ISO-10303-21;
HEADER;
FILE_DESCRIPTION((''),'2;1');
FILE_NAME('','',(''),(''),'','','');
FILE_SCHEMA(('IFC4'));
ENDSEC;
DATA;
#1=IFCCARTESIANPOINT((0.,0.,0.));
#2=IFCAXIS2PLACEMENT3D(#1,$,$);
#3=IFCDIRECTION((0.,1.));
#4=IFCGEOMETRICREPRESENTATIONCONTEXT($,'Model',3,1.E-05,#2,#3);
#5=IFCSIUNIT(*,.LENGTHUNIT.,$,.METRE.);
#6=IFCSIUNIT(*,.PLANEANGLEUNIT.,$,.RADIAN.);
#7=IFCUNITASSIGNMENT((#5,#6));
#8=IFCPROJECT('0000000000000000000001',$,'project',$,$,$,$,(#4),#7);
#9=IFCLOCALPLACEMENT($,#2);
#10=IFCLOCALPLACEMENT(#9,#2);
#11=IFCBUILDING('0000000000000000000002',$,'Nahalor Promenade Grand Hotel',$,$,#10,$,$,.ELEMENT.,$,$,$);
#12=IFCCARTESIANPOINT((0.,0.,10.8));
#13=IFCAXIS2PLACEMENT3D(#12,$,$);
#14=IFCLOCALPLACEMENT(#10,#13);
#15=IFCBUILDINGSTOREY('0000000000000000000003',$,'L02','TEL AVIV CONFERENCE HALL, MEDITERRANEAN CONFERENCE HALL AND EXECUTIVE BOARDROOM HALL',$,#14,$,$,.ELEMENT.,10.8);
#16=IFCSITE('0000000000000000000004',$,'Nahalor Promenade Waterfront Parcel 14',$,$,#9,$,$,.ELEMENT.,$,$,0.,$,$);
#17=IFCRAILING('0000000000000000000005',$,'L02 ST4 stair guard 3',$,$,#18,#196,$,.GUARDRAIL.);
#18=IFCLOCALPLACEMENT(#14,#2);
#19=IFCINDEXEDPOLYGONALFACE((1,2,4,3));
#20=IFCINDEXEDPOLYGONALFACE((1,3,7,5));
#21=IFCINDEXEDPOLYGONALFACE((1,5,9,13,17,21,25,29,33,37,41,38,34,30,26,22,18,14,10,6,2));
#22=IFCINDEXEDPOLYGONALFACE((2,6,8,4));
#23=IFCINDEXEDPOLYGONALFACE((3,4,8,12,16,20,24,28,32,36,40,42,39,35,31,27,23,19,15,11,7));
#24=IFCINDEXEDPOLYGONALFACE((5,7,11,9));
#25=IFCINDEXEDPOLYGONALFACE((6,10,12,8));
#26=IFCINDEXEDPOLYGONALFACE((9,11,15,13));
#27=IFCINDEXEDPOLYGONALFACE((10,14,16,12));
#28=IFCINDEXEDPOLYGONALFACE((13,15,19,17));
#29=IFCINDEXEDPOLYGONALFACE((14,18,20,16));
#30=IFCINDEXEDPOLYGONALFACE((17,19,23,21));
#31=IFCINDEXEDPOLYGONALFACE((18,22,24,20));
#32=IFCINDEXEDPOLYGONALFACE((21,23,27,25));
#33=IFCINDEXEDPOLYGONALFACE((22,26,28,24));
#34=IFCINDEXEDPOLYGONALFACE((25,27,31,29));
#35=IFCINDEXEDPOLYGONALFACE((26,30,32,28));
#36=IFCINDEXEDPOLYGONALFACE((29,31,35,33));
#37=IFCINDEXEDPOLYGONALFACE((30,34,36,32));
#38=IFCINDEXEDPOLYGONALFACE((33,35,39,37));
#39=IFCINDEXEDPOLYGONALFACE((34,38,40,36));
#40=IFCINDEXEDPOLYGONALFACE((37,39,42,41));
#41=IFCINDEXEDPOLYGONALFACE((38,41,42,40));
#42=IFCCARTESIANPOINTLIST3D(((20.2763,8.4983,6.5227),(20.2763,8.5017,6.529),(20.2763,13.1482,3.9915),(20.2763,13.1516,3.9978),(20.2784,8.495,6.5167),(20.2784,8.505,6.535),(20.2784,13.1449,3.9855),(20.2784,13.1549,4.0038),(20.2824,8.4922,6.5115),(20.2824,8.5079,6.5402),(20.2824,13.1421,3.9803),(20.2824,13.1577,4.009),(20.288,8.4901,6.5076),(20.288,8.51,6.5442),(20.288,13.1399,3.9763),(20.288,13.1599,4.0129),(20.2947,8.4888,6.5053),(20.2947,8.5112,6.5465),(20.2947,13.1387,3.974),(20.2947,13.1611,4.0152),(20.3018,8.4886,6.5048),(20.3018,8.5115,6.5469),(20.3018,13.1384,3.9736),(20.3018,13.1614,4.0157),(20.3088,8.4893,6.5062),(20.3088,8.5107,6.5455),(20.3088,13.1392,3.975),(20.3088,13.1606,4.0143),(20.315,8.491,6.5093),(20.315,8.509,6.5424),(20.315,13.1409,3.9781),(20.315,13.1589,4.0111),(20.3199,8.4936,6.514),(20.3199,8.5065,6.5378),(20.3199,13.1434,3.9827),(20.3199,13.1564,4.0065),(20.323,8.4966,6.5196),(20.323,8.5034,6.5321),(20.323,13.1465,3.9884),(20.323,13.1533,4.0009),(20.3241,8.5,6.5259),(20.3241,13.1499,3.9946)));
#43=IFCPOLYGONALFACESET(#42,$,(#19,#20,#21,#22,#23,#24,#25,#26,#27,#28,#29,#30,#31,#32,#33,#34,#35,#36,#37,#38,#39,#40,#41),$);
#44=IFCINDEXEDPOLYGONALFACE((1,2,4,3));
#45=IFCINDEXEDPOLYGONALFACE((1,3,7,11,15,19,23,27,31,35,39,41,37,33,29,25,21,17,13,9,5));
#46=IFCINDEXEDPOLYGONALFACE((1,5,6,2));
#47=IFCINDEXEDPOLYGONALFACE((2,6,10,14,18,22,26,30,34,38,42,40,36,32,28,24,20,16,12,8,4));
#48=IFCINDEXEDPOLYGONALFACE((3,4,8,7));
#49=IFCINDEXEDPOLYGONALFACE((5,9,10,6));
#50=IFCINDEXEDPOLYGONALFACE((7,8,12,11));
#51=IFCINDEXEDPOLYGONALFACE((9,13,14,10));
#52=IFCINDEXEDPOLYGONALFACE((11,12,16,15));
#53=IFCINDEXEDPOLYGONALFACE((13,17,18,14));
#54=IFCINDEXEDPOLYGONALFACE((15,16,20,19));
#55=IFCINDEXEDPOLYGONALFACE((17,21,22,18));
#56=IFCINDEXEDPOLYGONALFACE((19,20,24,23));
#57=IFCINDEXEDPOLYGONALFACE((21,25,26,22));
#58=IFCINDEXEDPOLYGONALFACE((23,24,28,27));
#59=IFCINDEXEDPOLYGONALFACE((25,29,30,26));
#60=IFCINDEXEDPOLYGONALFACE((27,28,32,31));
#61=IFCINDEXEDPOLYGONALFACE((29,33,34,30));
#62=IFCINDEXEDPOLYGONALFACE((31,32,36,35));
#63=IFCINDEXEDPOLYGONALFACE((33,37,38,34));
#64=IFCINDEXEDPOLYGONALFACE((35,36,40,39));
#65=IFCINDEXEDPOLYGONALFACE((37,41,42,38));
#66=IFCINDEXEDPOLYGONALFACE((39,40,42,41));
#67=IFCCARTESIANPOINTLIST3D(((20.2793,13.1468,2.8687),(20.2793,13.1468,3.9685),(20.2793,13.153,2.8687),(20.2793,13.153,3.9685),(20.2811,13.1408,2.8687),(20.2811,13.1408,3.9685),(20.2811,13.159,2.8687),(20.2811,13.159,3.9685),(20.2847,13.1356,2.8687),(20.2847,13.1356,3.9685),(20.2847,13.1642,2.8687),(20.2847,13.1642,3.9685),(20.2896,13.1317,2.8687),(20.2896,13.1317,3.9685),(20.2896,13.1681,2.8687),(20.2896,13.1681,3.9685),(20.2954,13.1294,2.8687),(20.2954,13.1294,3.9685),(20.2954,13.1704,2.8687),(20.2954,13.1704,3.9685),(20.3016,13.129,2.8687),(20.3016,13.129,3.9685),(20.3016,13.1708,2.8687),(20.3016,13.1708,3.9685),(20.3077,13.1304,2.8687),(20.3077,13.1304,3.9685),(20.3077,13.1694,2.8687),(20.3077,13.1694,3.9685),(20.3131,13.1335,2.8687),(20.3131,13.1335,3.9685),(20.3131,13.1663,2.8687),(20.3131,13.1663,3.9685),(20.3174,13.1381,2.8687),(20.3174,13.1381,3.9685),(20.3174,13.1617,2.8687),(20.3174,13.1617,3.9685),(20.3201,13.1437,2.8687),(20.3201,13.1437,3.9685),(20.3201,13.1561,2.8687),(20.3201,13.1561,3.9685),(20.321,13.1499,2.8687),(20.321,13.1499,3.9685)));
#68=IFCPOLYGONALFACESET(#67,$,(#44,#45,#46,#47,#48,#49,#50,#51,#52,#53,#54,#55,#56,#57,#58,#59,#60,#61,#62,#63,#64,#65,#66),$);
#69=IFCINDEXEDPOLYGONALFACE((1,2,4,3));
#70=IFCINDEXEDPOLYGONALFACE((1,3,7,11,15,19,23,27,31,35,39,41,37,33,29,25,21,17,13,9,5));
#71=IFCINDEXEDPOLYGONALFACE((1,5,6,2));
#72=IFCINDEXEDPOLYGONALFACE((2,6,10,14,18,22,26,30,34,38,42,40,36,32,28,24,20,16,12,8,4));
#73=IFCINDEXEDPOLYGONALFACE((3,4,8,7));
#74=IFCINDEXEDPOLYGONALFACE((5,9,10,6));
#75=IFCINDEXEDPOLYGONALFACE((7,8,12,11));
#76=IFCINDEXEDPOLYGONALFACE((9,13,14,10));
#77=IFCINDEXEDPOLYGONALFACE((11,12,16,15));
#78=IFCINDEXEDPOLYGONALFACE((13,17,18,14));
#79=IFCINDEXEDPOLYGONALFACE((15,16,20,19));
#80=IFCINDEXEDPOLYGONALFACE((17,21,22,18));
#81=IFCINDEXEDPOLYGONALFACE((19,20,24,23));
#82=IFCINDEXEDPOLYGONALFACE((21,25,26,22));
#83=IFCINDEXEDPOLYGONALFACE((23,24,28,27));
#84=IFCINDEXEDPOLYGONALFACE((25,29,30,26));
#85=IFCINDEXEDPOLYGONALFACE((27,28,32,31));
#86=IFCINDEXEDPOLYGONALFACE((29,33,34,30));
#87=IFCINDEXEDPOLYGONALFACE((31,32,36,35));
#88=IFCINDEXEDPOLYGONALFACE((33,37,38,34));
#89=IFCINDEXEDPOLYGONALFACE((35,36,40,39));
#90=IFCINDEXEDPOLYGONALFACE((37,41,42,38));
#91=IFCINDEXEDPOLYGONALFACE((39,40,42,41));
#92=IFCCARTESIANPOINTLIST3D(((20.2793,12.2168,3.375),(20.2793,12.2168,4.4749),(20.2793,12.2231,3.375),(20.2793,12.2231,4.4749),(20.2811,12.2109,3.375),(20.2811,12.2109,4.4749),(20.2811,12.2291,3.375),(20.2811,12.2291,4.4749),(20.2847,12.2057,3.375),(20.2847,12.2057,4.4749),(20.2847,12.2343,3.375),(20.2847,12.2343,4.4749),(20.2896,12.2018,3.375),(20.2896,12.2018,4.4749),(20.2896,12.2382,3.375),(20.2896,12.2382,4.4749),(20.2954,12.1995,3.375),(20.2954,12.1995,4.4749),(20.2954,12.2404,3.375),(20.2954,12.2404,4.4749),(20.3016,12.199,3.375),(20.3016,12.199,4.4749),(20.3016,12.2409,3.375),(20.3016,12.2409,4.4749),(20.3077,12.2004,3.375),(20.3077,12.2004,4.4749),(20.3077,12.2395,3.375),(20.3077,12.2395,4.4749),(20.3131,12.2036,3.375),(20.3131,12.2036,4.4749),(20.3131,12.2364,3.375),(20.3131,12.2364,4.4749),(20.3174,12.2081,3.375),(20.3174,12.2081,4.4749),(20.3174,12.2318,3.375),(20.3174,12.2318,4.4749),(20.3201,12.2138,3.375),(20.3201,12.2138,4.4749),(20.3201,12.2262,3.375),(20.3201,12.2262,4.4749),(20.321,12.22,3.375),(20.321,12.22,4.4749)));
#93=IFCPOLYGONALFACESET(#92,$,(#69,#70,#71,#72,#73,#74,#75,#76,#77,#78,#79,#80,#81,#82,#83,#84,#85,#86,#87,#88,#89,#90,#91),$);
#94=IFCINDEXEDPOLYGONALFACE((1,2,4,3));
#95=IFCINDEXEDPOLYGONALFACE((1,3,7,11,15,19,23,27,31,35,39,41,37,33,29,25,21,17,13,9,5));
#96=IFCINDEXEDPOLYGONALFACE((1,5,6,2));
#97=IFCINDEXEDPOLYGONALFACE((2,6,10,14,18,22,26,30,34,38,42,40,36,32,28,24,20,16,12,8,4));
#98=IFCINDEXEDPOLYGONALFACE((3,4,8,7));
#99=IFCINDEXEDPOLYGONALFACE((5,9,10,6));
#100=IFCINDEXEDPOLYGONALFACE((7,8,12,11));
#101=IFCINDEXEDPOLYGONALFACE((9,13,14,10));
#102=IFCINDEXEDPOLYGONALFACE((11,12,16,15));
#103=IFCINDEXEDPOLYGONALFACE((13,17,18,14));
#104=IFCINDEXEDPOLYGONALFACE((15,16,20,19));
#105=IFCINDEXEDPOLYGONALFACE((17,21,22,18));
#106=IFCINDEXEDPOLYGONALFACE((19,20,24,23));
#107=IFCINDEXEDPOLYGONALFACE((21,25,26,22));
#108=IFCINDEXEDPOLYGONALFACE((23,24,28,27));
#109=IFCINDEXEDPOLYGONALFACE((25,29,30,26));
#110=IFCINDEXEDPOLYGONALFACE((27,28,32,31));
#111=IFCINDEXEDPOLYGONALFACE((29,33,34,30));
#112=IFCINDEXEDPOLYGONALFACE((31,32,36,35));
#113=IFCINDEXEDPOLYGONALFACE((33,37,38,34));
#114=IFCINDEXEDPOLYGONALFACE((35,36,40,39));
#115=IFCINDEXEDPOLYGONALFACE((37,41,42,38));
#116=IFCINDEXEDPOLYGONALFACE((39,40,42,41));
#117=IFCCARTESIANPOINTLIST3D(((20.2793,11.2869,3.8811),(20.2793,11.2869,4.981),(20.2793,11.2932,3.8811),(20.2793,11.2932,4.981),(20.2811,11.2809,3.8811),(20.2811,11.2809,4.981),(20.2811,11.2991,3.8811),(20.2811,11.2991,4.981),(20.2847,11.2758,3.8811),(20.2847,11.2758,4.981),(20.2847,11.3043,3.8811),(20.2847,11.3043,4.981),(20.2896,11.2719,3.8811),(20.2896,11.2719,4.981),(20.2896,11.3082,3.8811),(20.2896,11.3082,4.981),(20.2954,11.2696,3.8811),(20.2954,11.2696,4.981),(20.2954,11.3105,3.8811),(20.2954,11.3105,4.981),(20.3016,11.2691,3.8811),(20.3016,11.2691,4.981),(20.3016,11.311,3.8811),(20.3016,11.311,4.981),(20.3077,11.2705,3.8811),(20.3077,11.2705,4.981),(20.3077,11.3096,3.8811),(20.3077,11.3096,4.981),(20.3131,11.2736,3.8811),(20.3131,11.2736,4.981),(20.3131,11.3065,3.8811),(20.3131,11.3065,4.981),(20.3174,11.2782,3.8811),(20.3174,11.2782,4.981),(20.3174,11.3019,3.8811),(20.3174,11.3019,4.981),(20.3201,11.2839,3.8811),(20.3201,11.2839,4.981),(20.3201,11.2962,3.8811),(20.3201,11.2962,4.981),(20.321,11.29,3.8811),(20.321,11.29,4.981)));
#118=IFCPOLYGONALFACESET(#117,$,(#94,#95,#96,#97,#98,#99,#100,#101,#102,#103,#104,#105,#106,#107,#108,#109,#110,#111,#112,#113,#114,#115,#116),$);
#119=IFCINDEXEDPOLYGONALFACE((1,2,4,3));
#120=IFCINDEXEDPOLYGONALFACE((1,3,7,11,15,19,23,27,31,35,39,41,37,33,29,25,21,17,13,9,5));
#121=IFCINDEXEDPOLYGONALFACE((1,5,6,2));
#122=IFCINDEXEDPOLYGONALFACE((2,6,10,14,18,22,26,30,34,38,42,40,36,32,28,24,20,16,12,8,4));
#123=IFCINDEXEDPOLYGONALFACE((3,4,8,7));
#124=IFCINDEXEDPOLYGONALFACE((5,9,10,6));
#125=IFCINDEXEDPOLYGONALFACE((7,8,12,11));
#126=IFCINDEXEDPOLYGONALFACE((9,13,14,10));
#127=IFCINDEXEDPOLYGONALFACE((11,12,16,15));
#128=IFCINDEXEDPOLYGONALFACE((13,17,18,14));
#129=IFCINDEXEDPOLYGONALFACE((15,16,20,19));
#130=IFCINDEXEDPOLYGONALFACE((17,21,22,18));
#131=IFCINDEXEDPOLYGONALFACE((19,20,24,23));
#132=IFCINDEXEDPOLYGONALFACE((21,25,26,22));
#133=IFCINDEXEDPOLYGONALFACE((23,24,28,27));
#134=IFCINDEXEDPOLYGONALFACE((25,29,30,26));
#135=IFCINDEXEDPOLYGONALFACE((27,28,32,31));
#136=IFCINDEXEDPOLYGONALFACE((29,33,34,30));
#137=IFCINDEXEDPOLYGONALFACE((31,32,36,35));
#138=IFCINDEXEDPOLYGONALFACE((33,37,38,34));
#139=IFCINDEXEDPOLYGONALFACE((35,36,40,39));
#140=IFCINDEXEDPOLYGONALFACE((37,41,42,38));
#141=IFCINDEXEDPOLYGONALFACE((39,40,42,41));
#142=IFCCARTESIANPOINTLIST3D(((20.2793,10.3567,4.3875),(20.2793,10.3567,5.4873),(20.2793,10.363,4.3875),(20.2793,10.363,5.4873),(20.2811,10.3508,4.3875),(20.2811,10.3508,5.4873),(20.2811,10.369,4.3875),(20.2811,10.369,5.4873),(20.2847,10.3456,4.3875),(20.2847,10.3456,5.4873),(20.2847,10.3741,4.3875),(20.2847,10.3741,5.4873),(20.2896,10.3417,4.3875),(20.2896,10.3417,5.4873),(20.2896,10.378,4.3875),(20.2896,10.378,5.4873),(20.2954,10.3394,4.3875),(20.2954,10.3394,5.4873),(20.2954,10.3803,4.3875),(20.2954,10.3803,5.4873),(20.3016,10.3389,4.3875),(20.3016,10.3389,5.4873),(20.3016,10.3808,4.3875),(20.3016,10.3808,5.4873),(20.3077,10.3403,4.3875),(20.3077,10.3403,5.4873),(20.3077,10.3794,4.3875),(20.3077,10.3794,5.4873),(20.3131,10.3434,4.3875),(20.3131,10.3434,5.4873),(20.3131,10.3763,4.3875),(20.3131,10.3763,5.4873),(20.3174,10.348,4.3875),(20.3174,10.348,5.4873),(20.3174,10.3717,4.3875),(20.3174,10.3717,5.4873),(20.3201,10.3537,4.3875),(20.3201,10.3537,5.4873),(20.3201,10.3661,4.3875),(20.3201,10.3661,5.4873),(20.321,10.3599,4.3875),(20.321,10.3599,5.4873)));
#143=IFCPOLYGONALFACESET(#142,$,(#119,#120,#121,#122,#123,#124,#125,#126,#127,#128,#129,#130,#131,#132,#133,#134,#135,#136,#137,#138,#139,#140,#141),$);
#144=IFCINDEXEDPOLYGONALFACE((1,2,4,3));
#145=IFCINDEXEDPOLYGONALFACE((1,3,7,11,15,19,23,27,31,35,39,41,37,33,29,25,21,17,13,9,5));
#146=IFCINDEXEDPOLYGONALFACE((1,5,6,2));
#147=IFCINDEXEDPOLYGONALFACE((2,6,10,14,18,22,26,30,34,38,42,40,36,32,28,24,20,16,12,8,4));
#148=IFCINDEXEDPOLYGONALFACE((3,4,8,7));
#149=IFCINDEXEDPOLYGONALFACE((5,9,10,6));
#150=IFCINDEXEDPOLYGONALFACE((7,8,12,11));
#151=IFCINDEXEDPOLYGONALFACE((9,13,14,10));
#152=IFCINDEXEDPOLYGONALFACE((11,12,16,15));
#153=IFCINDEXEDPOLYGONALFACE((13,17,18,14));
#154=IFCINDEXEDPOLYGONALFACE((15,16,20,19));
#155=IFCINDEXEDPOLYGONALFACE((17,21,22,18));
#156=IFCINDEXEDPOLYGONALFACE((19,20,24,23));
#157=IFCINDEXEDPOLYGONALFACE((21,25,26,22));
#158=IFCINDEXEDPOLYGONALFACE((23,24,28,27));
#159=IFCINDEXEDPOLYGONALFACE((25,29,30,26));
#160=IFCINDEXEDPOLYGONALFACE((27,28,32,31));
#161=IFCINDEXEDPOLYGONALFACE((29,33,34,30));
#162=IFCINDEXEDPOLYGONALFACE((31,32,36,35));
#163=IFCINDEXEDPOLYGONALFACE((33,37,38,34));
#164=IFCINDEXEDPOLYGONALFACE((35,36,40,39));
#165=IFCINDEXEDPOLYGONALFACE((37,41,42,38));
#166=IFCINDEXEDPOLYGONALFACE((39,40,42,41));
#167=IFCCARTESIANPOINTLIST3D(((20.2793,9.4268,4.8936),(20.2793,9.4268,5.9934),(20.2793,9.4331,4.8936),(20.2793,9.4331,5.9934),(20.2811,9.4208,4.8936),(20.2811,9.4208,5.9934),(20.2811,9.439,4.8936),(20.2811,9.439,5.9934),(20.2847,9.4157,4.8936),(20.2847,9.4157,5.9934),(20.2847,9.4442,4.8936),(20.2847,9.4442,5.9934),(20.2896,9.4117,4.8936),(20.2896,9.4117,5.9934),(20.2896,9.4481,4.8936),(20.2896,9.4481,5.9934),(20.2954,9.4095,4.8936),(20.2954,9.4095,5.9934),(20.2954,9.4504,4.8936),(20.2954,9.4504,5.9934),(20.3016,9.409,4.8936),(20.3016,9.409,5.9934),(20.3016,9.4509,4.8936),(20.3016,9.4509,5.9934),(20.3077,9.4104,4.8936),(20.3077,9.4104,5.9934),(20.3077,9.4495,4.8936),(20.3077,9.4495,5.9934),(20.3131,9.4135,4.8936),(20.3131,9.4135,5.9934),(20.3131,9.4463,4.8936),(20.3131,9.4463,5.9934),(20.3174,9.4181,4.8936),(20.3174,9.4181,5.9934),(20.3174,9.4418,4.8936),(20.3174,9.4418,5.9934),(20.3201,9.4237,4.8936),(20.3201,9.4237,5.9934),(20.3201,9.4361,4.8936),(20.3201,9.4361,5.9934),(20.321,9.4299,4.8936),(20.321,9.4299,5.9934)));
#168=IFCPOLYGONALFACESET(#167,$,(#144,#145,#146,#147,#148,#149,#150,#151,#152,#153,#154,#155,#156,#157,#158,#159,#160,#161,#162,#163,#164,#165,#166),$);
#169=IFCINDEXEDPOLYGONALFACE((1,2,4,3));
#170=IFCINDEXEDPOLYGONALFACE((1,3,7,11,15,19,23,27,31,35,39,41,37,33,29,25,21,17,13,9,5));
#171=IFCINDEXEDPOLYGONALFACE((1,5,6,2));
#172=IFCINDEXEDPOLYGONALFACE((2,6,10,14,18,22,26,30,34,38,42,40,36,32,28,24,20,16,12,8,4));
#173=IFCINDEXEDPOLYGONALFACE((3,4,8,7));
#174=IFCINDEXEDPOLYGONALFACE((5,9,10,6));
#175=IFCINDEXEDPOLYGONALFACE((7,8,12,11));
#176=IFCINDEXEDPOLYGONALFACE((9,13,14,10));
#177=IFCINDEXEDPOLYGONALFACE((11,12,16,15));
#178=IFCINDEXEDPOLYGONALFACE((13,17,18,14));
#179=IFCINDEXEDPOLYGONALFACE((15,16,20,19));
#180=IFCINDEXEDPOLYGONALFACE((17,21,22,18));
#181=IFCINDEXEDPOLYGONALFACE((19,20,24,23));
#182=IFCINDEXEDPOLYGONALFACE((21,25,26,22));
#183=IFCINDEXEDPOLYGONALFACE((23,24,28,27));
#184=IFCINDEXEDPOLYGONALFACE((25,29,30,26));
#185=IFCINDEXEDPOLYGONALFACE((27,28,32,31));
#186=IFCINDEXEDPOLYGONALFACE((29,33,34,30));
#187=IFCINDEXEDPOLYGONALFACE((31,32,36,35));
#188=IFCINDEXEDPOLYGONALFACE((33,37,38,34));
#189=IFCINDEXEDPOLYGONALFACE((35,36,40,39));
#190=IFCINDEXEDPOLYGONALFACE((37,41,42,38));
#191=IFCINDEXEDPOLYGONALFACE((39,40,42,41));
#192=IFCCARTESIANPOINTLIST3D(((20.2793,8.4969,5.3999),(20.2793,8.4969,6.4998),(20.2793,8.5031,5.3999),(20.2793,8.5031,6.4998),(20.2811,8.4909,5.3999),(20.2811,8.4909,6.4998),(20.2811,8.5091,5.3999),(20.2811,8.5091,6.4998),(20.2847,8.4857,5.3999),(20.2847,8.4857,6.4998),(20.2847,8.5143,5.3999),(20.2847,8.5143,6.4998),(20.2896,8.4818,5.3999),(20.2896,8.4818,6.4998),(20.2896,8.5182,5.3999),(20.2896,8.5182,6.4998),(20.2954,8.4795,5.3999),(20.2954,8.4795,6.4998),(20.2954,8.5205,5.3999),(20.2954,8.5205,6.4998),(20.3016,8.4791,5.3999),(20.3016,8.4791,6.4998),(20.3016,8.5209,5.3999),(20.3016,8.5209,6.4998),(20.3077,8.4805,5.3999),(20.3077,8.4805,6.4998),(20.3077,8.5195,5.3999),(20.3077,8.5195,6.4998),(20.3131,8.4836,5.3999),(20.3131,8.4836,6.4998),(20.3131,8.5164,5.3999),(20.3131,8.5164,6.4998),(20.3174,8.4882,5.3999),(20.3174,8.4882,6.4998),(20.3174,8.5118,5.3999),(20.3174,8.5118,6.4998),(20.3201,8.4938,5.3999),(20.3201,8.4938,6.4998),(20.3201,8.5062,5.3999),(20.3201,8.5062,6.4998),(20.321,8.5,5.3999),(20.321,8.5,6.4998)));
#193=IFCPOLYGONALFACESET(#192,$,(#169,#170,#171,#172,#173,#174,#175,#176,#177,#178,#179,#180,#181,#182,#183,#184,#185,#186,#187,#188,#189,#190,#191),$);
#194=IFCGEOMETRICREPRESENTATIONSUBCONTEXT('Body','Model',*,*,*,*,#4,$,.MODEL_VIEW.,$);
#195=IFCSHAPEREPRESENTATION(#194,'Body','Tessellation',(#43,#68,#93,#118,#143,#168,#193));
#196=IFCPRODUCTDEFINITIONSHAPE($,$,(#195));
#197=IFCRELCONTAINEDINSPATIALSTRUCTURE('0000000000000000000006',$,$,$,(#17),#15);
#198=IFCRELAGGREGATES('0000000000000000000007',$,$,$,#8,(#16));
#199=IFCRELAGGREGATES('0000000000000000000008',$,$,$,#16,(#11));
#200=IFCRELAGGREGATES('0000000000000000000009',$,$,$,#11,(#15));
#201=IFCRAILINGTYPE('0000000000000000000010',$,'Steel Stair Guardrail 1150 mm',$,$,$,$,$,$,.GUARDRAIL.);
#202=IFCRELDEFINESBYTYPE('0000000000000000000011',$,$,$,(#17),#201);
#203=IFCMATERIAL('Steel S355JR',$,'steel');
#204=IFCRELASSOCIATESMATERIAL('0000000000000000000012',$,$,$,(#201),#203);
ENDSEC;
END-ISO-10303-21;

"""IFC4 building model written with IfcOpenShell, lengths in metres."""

from ifc_helpers import new_model, si_unit, direction, frame, origin, origin_2d, place, context, subcontext, project, spatial, circle, extrude, material, type_object, element, save


model = new_model("IFC4")

# Units and contexts
model_context = context("Model", 3, precision=1e-05, world=origin(), true_north=direction((0.0, 1.0)))
body_context = subcontext(model_context, "Body", "Model", "MODEL_VIEW")
ifc_project = project(units=[si_unit("LENGTHUNIT", "METRE"), si_unit("PLANEANGLEUNIT", "RADIAN")], contexts=[model_context])

# Site, building, storey
site_placement = place(None, origin())
site = spatial("IfcSite", under=ifc_project, at=site_placement, Name="Nahalor Promenade Waterfront Parcel 14", CompositionType="ELEMENT", RefElevation=0.0)
building_placement = place(site_placement, origin())
building = spatial("IfcBuilding", under=site, at=building_placement, Name="Nahalor Promenade Grand Hotel", CompositionType="ELEMENT")
storey_placement = place(building_placement, frame((0.0, 0.0, 10.8)))
storey = spatial("IfcBuildingStorey", under=building, at=storey_placement, Name="L02", Description="TEL AVIV CONFERENCE HALL, MEDITERRANEAN CONFERENCE HALL AND EXECUTIVE BOARDROOM HALL", CompositionType="ELEMENT", Elevation=10.8)

# Shared definitions
ifc_material_1 = material(Name="Steel S355JR", Category="steel")

# Railing
railing_type_1 = type_object("IfcRailingType", Name="Steel Stair Guardrail 1150 mm", PredefinedType="GUARDRAIL", material=ifc_material_1)
railing_1_placement = place(storey_placement, frame((20.3, 13.1499, 2.8687)))
element("IfcRailing", 1, at=railing_1_placement, inside=storey, type_object=railing_type_1, Name="L02 ST4 stair guard 3", PredefinedType="GUARDRAIL", context=body_context, shape_type="SweptSolid", body=[
    extrude(circle(Radius=0.024, at=origin_2d()), frame((0.0, 0.0, 1.126), z_axis=(0.0, -0.878297, 0.478115), x_axis=(1.0, 0.0, 0.0)), (0.0, 0.0, 1.0), 5.2942),
    extrude(circle(Radius=0.021, at=origin_2d()), origin(), (0.0, 0.0, 1.0), 1.0999),
    extrude(circle(Radius=0.021, at=origin_2d()), frame((0.0, -0.9299, 0.5063)), (0.0, 0.0, 1.0), 1.0999),
    extrude(circle(Radius=0.021, at=origin_2d()), frame((0.0, -1.8599, 1.0125)), (0.0, 0.0, 1.0), 1.0999),
    extrude(circle(Radius=0.021, at=origin_2d()), frame((0.0, -2.79, 1.5188)), (0.0, 0.0, 1.0), 1.0999),
    extrude(circle(Radius=0.021, at=origin_2d()), frame((0.0, -3.72, 2.0249)), (0.0, 0.0, 1.0), 1.0999),
    extrude(circle(Radius=0.021, at=origin_2d()), frame((0.0, -4.6499, 2.5312)), (0.0, 0.0, 1.0), 1.0999),
])

save(model, "model.ifc")
